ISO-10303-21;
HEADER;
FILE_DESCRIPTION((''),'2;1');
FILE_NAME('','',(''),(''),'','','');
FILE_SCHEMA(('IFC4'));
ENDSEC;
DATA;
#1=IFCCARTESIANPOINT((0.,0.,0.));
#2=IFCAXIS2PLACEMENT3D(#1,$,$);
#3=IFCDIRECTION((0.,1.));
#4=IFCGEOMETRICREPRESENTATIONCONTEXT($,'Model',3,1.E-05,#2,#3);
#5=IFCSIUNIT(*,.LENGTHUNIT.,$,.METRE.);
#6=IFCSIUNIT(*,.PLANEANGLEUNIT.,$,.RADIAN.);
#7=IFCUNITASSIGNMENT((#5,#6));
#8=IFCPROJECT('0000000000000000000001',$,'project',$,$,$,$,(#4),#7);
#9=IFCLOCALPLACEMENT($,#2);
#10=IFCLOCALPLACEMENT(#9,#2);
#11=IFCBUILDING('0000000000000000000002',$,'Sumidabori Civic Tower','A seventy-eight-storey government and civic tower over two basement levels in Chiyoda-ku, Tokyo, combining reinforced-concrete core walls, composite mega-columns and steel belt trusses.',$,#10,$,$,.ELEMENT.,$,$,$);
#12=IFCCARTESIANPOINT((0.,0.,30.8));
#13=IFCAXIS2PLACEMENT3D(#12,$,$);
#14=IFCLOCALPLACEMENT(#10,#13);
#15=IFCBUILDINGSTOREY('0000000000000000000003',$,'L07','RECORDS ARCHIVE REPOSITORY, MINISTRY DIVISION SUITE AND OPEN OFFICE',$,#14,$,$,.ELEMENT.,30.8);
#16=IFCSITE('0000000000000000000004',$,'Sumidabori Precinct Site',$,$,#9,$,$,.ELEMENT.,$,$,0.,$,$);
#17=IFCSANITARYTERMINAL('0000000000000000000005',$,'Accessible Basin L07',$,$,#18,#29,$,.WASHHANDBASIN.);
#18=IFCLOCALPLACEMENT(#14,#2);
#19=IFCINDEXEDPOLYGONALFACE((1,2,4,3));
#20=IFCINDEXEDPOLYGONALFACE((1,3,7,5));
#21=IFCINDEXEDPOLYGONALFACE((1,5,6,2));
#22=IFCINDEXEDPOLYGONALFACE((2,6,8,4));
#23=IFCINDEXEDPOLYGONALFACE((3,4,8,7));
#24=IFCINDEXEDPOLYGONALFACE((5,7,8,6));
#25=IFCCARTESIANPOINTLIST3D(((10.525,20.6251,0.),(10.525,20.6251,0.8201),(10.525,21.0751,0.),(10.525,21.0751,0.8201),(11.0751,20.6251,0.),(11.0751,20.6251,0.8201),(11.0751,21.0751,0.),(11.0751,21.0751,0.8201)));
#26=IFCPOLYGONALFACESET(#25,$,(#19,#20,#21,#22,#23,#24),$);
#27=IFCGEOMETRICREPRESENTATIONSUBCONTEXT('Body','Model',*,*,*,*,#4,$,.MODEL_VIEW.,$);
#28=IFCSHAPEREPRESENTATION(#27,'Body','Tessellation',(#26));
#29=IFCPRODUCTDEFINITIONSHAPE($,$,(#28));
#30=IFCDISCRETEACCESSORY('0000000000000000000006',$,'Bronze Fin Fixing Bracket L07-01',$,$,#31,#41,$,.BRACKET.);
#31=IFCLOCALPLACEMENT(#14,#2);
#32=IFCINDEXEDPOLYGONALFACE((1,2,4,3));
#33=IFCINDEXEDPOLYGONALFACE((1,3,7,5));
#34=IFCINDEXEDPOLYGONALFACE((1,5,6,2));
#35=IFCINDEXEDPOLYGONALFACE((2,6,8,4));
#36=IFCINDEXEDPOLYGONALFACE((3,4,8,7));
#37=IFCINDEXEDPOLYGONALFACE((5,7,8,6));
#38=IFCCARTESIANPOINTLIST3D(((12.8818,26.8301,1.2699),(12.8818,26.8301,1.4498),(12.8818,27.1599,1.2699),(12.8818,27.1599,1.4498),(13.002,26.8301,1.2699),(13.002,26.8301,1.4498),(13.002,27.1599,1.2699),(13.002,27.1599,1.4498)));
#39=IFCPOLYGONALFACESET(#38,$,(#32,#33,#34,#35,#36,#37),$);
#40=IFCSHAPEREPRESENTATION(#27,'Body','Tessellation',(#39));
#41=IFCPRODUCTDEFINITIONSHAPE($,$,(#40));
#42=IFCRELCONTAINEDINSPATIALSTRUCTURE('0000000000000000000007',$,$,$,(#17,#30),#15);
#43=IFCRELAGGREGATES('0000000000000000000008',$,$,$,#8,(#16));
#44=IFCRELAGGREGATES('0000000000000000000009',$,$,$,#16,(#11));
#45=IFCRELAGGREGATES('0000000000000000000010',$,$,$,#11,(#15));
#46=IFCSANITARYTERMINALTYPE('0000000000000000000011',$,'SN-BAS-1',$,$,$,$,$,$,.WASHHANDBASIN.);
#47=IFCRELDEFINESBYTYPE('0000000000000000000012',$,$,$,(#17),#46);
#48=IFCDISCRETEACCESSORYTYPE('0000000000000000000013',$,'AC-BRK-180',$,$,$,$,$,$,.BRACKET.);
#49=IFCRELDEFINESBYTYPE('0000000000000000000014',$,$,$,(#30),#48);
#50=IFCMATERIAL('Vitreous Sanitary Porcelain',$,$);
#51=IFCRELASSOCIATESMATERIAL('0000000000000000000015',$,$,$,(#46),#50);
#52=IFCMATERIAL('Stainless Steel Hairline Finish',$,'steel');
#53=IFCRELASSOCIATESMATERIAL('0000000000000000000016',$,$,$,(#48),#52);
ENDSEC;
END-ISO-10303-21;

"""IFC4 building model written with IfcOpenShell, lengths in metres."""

from ifc_helpers import new_model, si_unit, direction, frame, origin, origin_2d, place, context, subcontext, project, spatial, rectangle, extrude, source, transform, mapped, material, material_profile, profile_set, type_object, element, save


model = new_model("IFC4")

# Units and contexts
model_context = context("Model", 3, precision=1e-05, world=origin(), true_north=direction((0.0, 1.0)))
body_context = subcontext(model_context, "Body", "Model", "MODEL_VIEW")
ifc_project = project(units=[si_unit("LENGTHUNIT", "METRE"), si_unit("PLANEANGLEUNIT", "RADIAN")], contexts=[model_context])

# Site, building, storey
site_placement = place(None, origin())
site = spatial("IfcSite", under=ifc_project, at=site_placement, Name="Sumidabori Precinct Site", CompositionType="ELEMENT", RefElevation=0.0)
building_placement = place(site_placement, origin())
building = spatial("IfcBuilding", under=site, at=building_placement, Name="Sumidabori Civic Tower", Description="A seventy-eight-storey government and civic tower over two basement levels in Chiyoda-ku, Tokyo, combining reinforced-concrete core walls, composite mega-columns and steel belt trusses.", CompositionType="ELEMENT")
storey_placement = place(building_placement, frame((0.0, 0.0, 30.8)))
storey = spatial("IfcBuildingStorey", under=building, at=storey_placement, Name="L07", Description="RECORDS ARCHIVE REPOSITORY, MINISTRY DIVISION SUITE AND OPEN OFFICE", CompositionType="ELEMENT", Elevation=30.8)

# Sanitary terminal
ifc_material_1 = material(Name="Vitreous Sanitary Porcelain")
sanitary_terminal_type_1 = type_object("IfcSanitaryTerminalType", Name="SN-BAS-1", PredefinedType="WASHHANDBASIN", material=ifc_material_1)
shared_shape_1 = source(origin(), body_context, "Body", "SweptSolid", [
    extrude(rectangle(XDim=0.55, YDim=0.45, at=origin_2d()), origin(), (0.0, 0.0, 1.0), 0.8201),
])
sanitary_terminal_1_placement = place(storey_placement, frame((10.8, 20.8501, 0.0), z_axis=(0.0, 0.0, 1.0), x_axis=(1.0, 0.0, 0.0)))
element("IfcSanitaryTerminal", 1, at=sanitary_terminal_1_placement, inside=storey, type_object=sanitary_terminal_type_1, Name="Accessible Basin L07", PredefinedType="WASHHANDBASIN", context=body_context, shape_type="MappedRepresentation", body=[
    mapped(shared_shape_1, transform((0.0, 0.0, 0.0), x_axis=(1.0, 0.0, 0.0), y_axis=(0.0, 1.0, 0.0), z_axis=(0.0, 0.0, 1.0), scale=1.0)),
])

# Discrete accessory
ifc_material_2 = material(Name="Stainless Steel Hairline Finish", Category="steel")
ifc_material_profile_1 = material_profile(ifc_material_2, rectangle(XDim=0.1201, YDim=0.1799, at=origin_2d()), Name="STEEL BRACKET 180x120")
ifc_profile_set_1 = profile_set([ifc_material_profile_1], Name="Stainless Steel Hairline Finish")
discrete_accessory_type = type_object("IfcDiscreteAccessoryType", Name="AC-BRK-180", PredefinedType="BRACKET", material=ifc_profile_set_1)
shared_shape_2 = source(origin(), body_context, "Body", "SweptSolid", [
    extrude(rectangle(XDim=0.1201, YDim=0.1799, at=origin_2d()), origin(), (0.0, 0.0, 1.0), 0.3298),
])
discrete_accessory_placement = place(storey_placement, frame((12.9419, 26.8301, 1.3599), z_axis=(0.0, 1.0, 0.0), x_axis=(-1.0, 0.0, 0.0)))
element("IfcDiscreteAccessory", 2, at=discrete_accessory_placement, inside=storey, type_object=discrete_accessory_type, Name="Bronze Fin Fixing Bracket L07-01", PredefinedType="BRACKET", context=body_context, shape_type="MappedRepresentation", body=[
    mapped(shared_shape_2, transform((0.0, 0.0, 0.0), x_axis=(1.0, 0.0, 0.0), y_axis=(0.0, 1.0, 0.0), z_axis=(0.0, 0.0, 1.0), scale=1.0)),
])

save(model, "model.ifc")
